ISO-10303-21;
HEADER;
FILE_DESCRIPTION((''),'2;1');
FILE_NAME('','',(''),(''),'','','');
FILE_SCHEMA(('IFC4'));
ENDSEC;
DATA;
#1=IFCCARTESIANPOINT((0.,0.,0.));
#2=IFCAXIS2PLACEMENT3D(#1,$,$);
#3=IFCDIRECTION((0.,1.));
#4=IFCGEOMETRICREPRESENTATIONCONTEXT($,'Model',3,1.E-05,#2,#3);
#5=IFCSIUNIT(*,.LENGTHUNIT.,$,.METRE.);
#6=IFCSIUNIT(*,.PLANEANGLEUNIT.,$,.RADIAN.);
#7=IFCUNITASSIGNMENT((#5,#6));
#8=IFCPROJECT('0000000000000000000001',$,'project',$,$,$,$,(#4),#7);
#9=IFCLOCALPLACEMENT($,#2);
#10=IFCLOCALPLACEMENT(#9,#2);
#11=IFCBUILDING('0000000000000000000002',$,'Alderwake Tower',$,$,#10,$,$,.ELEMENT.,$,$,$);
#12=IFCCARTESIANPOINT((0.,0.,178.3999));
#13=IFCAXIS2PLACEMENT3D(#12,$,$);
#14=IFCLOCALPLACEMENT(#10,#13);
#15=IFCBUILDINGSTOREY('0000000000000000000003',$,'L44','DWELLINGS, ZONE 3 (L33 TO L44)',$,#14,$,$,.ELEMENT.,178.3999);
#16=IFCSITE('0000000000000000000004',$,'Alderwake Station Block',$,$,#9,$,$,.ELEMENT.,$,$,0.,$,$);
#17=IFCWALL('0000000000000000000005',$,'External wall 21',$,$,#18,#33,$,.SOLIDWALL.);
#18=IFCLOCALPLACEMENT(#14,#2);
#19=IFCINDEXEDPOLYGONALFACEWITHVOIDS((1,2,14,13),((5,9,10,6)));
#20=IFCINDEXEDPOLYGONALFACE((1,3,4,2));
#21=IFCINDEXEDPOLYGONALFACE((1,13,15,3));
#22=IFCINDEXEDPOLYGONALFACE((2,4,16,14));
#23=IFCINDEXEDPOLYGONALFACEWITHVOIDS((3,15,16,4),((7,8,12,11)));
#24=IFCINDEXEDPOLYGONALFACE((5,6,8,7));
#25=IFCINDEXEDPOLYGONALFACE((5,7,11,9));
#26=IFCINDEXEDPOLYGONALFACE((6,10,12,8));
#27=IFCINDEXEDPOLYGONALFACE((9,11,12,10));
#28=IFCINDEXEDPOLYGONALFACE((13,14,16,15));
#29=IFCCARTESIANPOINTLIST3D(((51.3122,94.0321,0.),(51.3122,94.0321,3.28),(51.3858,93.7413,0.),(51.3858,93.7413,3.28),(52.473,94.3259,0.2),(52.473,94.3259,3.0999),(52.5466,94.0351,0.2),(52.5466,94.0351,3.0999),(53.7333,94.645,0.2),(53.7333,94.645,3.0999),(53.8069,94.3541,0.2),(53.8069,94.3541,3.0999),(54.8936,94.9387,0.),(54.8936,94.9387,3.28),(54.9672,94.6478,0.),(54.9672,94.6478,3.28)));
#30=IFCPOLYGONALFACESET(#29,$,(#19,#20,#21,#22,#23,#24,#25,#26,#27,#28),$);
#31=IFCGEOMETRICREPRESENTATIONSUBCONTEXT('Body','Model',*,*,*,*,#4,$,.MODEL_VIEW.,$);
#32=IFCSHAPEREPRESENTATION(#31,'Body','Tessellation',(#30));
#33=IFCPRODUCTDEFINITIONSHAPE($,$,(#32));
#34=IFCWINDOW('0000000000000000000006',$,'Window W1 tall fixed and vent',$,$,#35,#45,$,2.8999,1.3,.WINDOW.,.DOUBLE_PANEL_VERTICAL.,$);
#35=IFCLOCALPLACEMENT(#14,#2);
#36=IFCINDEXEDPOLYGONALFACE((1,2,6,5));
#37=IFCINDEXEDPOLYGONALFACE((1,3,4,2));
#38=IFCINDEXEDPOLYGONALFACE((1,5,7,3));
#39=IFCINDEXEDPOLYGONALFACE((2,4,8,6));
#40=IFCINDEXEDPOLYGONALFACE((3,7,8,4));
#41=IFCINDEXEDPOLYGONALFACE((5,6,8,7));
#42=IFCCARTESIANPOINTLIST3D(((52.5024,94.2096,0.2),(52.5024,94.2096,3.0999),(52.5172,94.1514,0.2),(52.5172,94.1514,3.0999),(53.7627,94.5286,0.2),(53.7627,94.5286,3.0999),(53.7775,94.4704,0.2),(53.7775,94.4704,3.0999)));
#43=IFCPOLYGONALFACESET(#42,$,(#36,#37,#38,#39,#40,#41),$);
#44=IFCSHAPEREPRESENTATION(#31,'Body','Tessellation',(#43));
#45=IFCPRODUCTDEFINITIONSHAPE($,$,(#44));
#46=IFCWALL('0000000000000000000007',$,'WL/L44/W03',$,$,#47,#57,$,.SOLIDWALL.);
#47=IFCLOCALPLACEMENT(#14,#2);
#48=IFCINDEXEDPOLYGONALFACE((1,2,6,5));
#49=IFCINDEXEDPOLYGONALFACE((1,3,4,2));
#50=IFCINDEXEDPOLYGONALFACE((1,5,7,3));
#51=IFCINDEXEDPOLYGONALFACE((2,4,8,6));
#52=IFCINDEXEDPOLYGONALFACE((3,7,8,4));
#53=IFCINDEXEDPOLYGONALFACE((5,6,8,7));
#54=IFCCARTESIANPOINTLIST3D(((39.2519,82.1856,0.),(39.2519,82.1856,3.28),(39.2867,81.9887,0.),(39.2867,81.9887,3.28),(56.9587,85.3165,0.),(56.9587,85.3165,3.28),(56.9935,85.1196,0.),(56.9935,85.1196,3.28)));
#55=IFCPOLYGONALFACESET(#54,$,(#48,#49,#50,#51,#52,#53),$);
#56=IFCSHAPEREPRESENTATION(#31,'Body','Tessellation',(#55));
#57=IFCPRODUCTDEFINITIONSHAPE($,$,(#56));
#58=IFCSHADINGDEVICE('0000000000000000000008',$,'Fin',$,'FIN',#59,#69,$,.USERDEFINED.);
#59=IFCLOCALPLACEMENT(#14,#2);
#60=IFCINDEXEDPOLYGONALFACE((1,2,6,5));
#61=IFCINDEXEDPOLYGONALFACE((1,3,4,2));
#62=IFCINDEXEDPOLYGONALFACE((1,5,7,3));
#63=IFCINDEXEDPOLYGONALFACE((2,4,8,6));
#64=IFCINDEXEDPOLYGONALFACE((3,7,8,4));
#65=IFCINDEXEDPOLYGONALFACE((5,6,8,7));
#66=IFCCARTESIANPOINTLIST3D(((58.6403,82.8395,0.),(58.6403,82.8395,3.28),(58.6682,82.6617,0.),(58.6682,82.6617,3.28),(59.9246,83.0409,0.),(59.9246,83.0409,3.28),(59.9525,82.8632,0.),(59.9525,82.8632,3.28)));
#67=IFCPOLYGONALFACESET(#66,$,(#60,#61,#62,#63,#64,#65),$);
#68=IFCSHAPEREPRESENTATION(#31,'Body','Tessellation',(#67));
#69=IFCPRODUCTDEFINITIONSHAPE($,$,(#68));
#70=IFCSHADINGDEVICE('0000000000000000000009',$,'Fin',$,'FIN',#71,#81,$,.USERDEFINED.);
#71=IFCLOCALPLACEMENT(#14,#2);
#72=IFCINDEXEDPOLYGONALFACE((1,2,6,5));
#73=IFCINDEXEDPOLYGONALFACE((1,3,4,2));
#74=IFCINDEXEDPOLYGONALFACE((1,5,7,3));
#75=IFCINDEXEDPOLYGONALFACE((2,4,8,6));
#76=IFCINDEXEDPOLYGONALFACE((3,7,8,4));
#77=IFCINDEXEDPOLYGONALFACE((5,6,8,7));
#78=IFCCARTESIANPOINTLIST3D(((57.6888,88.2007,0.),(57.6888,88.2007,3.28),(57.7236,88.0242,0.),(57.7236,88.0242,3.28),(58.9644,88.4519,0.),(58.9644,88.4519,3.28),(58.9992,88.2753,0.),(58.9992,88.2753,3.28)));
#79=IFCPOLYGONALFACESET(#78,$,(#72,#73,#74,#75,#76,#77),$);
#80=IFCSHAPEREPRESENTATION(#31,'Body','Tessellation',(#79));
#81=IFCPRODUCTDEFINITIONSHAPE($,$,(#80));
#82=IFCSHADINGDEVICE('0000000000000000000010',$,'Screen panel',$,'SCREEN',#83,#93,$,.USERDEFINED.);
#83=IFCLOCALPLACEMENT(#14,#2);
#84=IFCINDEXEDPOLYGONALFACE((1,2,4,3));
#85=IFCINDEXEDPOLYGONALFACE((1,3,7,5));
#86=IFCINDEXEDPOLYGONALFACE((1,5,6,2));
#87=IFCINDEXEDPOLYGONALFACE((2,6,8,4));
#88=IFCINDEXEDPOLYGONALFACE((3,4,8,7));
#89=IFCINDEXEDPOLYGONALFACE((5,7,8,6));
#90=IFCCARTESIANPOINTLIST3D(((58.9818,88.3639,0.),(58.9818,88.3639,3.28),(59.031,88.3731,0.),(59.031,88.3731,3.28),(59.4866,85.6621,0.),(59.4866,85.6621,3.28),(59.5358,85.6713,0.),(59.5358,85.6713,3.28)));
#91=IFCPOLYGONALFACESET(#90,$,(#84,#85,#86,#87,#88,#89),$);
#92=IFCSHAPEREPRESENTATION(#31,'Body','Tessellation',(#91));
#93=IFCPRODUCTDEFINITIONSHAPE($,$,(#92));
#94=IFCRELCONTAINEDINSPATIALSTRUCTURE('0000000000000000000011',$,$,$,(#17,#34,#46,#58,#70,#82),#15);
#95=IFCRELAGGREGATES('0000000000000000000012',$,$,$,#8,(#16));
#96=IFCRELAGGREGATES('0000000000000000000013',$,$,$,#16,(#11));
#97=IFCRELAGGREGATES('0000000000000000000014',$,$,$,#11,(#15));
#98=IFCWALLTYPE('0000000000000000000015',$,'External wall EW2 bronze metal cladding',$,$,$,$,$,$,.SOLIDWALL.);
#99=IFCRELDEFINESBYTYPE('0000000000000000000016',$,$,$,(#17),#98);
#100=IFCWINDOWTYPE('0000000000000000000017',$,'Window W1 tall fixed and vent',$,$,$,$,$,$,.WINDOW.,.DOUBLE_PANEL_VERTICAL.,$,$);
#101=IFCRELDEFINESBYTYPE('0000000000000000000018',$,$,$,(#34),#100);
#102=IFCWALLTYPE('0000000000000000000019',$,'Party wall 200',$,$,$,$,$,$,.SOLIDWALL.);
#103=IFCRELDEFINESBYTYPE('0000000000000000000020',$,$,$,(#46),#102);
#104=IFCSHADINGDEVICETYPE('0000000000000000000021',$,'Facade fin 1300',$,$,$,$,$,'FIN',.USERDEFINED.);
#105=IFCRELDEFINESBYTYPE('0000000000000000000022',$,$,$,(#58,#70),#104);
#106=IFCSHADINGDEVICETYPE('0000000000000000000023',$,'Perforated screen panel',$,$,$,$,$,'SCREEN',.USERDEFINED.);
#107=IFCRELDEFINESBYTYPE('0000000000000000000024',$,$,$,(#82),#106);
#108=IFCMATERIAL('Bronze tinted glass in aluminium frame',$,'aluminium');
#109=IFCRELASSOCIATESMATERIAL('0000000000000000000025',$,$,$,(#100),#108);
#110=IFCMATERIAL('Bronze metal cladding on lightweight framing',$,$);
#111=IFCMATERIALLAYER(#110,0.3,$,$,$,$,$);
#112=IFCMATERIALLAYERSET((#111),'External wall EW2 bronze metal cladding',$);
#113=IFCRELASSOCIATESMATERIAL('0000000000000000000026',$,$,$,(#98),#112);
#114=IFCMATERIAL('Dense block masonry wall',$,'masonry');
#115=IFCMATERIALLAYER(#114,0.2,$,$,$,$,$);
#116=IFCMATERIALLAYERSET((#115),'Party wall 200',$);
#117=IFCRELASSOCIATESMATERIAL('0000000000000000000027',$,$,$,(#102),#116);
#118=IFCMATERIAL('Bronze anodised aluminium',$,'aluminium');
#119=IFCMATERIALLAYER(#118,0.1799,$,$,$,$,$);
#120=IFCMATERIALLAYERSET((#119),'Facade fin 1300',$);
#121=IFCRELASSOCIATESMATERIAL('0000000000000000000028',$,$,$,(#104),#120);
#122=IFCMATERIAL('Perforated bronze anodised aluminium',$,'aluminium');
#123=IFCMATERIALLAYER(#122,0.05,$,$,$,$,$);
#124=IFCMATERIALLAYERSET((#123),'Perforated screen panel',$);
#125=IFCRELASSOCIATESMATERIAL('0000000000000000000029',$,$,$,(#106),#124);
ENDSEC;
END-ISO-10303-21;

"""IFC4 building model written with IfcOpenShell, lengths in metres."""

from ifc_helpers import new_model, si_unit, direction, frame, frame_2d, origin, origin_2d, place, context, subcontext, project, spatial, rectangle, extrude, material, layer, layer_set, type_object, element, fill, save


model = new_model("IFC4")

# Units and contexts
model_context = context("Model", 3, precision=1e-05, world=origin(), true_north=direction((0.0, 1.0)))
body_context = subcontext(model_context, "Body", "Model", "MODEL_VIEW")
ifc_project = project(units=[si_unit("LENGTHUNIT", "METRE"), si_unit("PLANEANGLEUNIT", "RADIAN")], contexts=[model_context])

# Site, building, storey
site_placement = place(None, origin())
site = spatial("IfcSite", under=ifc_project, at=site_placement, Name="Alderwake Station Block", CompositionType="ELEMENT", RefElevation=0.0)
building_placement = place(site_placement, origin())
building = spatial("IfcBuilding", under=site, at=building_placement, Name="Alderwake Tower", CompositionType="ELEMENT")
storey_placement = place(building_placement, frame((0.0, 0.0, 178.3999)))
storey = spatial("IfcBuildingStorey", under=building, at=storey_placement, Name="L44", Description="DWELLINGS, ZONE 3 (L33 TO L44)", CompositionType="ELEMENT", Elevation=178.3999)

# Shared definitions
ifc_material_1 = material(Name="Bronze tinted glass in aluminium frame", Category="aluminium")
window_type = type_object("IfcWindowType", Name="Window W1 tall fixed and vent", PartitioningType="DOUBLE_PANEL_VERTICAL", PredefinedType="WINDOW", material=ifc_material_1)

# Wall, opening, window
ifc_material_2 = material(Name="Bronze metal cladding on lightweight framing")
ifc_layer_1 = layer(ifc_material_2, 0.3)
ifc_layer_set_1 = layer_set([ifc_layer_1], Name="External wall EW2 bronze metal cladding")
wall_type_1 = type_object("IfcWallType", Name="External wall EW2 bronze metal cladding", PredefinedType="SOLIDWALL", material=ifc_layer_set_1)
wall_1_placement = place(storey_placement, frame((54.9304, 94.7932, 0.0), z_axis=(0.0, 0.0, 1.0), x_axis=(-0.969427, -0.24538, 0.0)))
wall_1 = element("IfcWall", 1, at=wall_1_placement, inside=storey, type_object=wall_type_1, Name="External wall 21", PredefinedType="SOLIDWALL", context=body_context, shape_type="SweptSolid", body=[
    extrude(rectangle(XDim=3.6943, YDim=0.3, at=frame_2d((1.8472, 0.0))), origin(), (0.0, 0.0, 1.0), 3.28),
])
opening_1_placement = place(wall_1_placement, frame((1.197, 0.0, 0.2)))
opening_1 = element("IfcOpeningElement", 2, at=opening_1_placement, cuts=wall_1, PredefinedType="OPENING", context=body_context, shape_type="SweptSolid", body=[
    extrude(rectangle(XDim=1.3, YDim=2.8999, at=frame_2d((0.6499, 1.45))), frame((0.0, 0.1599, 0.0), z_axis=(0.0, -1.0, 0.0), x_axis=(1.0, 0.0, 0.0)), (0.0, 0.0, 1.0), 0.3201),
])
window_1_placement = place(opening_1_placement, origin())
window_1 = element("IfcWindow", 3, at=window_1_placement, inside=storey, type_object=window_type, Name="Window W1 tall fixed and vent", OverallHeight=2.8999, OverallWidth=1.3, PartitioningType="DOUBLE_PANEL_VERTICAL", PredefinedType="WINDOW", context=body_context, shape_type="SweptSolid", body=[
    extrude(rectangle(XDim=1.3, YDim=2.8999, at=frame_2d((0.6499, 1.45))), frame((0.0, 0.03, 0.0), z_axis=(0.0, -1.0, 0.0), x_axis=(1.0, 0.0, 0.0)), (0.0, 0.0, 1.0), 0.0601),
])
fill(opening_1, window_1)

# Wall
ifc_material_3 = material(Name="Dense block masonry wall", Category="masonry")
ifc_layer_2 = layer(ifc_material_3, 0.2)
ifc_layer_set_2 = layer_set([ifc_layer_2], Name="Party wall 200")
wall_type_2 = type_object("IfcWallType", Name="Party wall 200", PredefinedType="SOLIDWALL", material=ifc_layer_set_2)
wall_2_placement = place(storey_placement, frame((56.9761, 85.218, 0.0), z_axis=(0.0, 0.0, 1.0), x_axis=(-0.984725, -0.174116, 0.0)))
element("IfcWall", 4, at=wall_2_placement, inside=storey, type_object=wall_type_2, Name="WL/L44/W03", PredefinedType="SOLIDWALL", context=body_context, shape_type="SweptSolid", body=[
    extrude(rectangle(XDim=17.9814, YDim=0.2, at=frame_2d((8.9907, 0.0))), origin(), (0.0, 0.0, 1.0), 3.28),
])

# Shading devices
ifc_material_4 = material(Name="Bronze anodised aluminium", Category="aluminium")
ifc_layer_3 = layer(ifc_material_4, 0.1799)
ifc_layer_set_3 = layer_set([ifc_layer_3], Name="Facade fin 1300")
shading_device_type_1 = type_object("IfcShadingDeviceType", Name="Facade fin 1300", ElementType="FIN", PredefinedType="USERDEFINED", material=ifc_layer_set_3)
for number, where, z_axis, x_axis, name in (
    (5, (59.2964, 82.8513, 0.0), (0.0, 0.0, 1.0), (0.987919, 0.154972, 0.0), "Fin"),
    (6, (58.344, 88.238, 0.0), (0.0, 0.0, 1.0), (0.981164, 0.193178, 0.0), "Fin"),
):
    element("IfcShadingDevice", number, at=place(storey_placement, frame(where, z_axis=z_axis, x_axis=x_axis)), inside=storey, type_object=shading_device_type_1, Name=name, ObjectType="FIN", PredefinedType="USERDEFINED", context=body_context, shape_type="SweptSolid", body=[
        extrude(rectangle(XDim=1.3, YDim=0.1799, at=origin_2d()), origin(), (0.0, 0.0, 1.0), 3.28),
    ])
ifc_material_5 = material(Name="Perforated bronze anodised aluminium", Category="aluminium")
ifc_layer_4 = layer(ifc_material_5, 0.05)
ifc_layer_set_4 = layer_set([ifc_layer_4], Name="Perforated screen panel")
shading_device_type_2 = type_object("IfcShadingDeviceType", Name="Perforated screen panel", ElementType="SCREEN", PredefinedType="USERDEFINED", material=ifc_layer_set_4)
shading_device_placement = place(storey_placement, frame((59.2588, 87.0176, 0.0), z_axis=(0.0, 0.0, 1.0), x_axis=(0.982991, 0.183651, 0.0)))
element("IfcShadingDevice", 7, at=shading_device_placement, inside=storey, type_object=shading_device_type_2, Name="Screen panel", ObjectType="SCREEN", PredefinedType="USERDEFINED", context=body_context, shape_type="SweptSolid", body=[
    extrude(rectangle(XDim=0.05, YDim=2.7485, at=origin_2d()), origin(), (0.0, 0.0, 1.0), 3.28),
])

save(model, "model.ifc")
